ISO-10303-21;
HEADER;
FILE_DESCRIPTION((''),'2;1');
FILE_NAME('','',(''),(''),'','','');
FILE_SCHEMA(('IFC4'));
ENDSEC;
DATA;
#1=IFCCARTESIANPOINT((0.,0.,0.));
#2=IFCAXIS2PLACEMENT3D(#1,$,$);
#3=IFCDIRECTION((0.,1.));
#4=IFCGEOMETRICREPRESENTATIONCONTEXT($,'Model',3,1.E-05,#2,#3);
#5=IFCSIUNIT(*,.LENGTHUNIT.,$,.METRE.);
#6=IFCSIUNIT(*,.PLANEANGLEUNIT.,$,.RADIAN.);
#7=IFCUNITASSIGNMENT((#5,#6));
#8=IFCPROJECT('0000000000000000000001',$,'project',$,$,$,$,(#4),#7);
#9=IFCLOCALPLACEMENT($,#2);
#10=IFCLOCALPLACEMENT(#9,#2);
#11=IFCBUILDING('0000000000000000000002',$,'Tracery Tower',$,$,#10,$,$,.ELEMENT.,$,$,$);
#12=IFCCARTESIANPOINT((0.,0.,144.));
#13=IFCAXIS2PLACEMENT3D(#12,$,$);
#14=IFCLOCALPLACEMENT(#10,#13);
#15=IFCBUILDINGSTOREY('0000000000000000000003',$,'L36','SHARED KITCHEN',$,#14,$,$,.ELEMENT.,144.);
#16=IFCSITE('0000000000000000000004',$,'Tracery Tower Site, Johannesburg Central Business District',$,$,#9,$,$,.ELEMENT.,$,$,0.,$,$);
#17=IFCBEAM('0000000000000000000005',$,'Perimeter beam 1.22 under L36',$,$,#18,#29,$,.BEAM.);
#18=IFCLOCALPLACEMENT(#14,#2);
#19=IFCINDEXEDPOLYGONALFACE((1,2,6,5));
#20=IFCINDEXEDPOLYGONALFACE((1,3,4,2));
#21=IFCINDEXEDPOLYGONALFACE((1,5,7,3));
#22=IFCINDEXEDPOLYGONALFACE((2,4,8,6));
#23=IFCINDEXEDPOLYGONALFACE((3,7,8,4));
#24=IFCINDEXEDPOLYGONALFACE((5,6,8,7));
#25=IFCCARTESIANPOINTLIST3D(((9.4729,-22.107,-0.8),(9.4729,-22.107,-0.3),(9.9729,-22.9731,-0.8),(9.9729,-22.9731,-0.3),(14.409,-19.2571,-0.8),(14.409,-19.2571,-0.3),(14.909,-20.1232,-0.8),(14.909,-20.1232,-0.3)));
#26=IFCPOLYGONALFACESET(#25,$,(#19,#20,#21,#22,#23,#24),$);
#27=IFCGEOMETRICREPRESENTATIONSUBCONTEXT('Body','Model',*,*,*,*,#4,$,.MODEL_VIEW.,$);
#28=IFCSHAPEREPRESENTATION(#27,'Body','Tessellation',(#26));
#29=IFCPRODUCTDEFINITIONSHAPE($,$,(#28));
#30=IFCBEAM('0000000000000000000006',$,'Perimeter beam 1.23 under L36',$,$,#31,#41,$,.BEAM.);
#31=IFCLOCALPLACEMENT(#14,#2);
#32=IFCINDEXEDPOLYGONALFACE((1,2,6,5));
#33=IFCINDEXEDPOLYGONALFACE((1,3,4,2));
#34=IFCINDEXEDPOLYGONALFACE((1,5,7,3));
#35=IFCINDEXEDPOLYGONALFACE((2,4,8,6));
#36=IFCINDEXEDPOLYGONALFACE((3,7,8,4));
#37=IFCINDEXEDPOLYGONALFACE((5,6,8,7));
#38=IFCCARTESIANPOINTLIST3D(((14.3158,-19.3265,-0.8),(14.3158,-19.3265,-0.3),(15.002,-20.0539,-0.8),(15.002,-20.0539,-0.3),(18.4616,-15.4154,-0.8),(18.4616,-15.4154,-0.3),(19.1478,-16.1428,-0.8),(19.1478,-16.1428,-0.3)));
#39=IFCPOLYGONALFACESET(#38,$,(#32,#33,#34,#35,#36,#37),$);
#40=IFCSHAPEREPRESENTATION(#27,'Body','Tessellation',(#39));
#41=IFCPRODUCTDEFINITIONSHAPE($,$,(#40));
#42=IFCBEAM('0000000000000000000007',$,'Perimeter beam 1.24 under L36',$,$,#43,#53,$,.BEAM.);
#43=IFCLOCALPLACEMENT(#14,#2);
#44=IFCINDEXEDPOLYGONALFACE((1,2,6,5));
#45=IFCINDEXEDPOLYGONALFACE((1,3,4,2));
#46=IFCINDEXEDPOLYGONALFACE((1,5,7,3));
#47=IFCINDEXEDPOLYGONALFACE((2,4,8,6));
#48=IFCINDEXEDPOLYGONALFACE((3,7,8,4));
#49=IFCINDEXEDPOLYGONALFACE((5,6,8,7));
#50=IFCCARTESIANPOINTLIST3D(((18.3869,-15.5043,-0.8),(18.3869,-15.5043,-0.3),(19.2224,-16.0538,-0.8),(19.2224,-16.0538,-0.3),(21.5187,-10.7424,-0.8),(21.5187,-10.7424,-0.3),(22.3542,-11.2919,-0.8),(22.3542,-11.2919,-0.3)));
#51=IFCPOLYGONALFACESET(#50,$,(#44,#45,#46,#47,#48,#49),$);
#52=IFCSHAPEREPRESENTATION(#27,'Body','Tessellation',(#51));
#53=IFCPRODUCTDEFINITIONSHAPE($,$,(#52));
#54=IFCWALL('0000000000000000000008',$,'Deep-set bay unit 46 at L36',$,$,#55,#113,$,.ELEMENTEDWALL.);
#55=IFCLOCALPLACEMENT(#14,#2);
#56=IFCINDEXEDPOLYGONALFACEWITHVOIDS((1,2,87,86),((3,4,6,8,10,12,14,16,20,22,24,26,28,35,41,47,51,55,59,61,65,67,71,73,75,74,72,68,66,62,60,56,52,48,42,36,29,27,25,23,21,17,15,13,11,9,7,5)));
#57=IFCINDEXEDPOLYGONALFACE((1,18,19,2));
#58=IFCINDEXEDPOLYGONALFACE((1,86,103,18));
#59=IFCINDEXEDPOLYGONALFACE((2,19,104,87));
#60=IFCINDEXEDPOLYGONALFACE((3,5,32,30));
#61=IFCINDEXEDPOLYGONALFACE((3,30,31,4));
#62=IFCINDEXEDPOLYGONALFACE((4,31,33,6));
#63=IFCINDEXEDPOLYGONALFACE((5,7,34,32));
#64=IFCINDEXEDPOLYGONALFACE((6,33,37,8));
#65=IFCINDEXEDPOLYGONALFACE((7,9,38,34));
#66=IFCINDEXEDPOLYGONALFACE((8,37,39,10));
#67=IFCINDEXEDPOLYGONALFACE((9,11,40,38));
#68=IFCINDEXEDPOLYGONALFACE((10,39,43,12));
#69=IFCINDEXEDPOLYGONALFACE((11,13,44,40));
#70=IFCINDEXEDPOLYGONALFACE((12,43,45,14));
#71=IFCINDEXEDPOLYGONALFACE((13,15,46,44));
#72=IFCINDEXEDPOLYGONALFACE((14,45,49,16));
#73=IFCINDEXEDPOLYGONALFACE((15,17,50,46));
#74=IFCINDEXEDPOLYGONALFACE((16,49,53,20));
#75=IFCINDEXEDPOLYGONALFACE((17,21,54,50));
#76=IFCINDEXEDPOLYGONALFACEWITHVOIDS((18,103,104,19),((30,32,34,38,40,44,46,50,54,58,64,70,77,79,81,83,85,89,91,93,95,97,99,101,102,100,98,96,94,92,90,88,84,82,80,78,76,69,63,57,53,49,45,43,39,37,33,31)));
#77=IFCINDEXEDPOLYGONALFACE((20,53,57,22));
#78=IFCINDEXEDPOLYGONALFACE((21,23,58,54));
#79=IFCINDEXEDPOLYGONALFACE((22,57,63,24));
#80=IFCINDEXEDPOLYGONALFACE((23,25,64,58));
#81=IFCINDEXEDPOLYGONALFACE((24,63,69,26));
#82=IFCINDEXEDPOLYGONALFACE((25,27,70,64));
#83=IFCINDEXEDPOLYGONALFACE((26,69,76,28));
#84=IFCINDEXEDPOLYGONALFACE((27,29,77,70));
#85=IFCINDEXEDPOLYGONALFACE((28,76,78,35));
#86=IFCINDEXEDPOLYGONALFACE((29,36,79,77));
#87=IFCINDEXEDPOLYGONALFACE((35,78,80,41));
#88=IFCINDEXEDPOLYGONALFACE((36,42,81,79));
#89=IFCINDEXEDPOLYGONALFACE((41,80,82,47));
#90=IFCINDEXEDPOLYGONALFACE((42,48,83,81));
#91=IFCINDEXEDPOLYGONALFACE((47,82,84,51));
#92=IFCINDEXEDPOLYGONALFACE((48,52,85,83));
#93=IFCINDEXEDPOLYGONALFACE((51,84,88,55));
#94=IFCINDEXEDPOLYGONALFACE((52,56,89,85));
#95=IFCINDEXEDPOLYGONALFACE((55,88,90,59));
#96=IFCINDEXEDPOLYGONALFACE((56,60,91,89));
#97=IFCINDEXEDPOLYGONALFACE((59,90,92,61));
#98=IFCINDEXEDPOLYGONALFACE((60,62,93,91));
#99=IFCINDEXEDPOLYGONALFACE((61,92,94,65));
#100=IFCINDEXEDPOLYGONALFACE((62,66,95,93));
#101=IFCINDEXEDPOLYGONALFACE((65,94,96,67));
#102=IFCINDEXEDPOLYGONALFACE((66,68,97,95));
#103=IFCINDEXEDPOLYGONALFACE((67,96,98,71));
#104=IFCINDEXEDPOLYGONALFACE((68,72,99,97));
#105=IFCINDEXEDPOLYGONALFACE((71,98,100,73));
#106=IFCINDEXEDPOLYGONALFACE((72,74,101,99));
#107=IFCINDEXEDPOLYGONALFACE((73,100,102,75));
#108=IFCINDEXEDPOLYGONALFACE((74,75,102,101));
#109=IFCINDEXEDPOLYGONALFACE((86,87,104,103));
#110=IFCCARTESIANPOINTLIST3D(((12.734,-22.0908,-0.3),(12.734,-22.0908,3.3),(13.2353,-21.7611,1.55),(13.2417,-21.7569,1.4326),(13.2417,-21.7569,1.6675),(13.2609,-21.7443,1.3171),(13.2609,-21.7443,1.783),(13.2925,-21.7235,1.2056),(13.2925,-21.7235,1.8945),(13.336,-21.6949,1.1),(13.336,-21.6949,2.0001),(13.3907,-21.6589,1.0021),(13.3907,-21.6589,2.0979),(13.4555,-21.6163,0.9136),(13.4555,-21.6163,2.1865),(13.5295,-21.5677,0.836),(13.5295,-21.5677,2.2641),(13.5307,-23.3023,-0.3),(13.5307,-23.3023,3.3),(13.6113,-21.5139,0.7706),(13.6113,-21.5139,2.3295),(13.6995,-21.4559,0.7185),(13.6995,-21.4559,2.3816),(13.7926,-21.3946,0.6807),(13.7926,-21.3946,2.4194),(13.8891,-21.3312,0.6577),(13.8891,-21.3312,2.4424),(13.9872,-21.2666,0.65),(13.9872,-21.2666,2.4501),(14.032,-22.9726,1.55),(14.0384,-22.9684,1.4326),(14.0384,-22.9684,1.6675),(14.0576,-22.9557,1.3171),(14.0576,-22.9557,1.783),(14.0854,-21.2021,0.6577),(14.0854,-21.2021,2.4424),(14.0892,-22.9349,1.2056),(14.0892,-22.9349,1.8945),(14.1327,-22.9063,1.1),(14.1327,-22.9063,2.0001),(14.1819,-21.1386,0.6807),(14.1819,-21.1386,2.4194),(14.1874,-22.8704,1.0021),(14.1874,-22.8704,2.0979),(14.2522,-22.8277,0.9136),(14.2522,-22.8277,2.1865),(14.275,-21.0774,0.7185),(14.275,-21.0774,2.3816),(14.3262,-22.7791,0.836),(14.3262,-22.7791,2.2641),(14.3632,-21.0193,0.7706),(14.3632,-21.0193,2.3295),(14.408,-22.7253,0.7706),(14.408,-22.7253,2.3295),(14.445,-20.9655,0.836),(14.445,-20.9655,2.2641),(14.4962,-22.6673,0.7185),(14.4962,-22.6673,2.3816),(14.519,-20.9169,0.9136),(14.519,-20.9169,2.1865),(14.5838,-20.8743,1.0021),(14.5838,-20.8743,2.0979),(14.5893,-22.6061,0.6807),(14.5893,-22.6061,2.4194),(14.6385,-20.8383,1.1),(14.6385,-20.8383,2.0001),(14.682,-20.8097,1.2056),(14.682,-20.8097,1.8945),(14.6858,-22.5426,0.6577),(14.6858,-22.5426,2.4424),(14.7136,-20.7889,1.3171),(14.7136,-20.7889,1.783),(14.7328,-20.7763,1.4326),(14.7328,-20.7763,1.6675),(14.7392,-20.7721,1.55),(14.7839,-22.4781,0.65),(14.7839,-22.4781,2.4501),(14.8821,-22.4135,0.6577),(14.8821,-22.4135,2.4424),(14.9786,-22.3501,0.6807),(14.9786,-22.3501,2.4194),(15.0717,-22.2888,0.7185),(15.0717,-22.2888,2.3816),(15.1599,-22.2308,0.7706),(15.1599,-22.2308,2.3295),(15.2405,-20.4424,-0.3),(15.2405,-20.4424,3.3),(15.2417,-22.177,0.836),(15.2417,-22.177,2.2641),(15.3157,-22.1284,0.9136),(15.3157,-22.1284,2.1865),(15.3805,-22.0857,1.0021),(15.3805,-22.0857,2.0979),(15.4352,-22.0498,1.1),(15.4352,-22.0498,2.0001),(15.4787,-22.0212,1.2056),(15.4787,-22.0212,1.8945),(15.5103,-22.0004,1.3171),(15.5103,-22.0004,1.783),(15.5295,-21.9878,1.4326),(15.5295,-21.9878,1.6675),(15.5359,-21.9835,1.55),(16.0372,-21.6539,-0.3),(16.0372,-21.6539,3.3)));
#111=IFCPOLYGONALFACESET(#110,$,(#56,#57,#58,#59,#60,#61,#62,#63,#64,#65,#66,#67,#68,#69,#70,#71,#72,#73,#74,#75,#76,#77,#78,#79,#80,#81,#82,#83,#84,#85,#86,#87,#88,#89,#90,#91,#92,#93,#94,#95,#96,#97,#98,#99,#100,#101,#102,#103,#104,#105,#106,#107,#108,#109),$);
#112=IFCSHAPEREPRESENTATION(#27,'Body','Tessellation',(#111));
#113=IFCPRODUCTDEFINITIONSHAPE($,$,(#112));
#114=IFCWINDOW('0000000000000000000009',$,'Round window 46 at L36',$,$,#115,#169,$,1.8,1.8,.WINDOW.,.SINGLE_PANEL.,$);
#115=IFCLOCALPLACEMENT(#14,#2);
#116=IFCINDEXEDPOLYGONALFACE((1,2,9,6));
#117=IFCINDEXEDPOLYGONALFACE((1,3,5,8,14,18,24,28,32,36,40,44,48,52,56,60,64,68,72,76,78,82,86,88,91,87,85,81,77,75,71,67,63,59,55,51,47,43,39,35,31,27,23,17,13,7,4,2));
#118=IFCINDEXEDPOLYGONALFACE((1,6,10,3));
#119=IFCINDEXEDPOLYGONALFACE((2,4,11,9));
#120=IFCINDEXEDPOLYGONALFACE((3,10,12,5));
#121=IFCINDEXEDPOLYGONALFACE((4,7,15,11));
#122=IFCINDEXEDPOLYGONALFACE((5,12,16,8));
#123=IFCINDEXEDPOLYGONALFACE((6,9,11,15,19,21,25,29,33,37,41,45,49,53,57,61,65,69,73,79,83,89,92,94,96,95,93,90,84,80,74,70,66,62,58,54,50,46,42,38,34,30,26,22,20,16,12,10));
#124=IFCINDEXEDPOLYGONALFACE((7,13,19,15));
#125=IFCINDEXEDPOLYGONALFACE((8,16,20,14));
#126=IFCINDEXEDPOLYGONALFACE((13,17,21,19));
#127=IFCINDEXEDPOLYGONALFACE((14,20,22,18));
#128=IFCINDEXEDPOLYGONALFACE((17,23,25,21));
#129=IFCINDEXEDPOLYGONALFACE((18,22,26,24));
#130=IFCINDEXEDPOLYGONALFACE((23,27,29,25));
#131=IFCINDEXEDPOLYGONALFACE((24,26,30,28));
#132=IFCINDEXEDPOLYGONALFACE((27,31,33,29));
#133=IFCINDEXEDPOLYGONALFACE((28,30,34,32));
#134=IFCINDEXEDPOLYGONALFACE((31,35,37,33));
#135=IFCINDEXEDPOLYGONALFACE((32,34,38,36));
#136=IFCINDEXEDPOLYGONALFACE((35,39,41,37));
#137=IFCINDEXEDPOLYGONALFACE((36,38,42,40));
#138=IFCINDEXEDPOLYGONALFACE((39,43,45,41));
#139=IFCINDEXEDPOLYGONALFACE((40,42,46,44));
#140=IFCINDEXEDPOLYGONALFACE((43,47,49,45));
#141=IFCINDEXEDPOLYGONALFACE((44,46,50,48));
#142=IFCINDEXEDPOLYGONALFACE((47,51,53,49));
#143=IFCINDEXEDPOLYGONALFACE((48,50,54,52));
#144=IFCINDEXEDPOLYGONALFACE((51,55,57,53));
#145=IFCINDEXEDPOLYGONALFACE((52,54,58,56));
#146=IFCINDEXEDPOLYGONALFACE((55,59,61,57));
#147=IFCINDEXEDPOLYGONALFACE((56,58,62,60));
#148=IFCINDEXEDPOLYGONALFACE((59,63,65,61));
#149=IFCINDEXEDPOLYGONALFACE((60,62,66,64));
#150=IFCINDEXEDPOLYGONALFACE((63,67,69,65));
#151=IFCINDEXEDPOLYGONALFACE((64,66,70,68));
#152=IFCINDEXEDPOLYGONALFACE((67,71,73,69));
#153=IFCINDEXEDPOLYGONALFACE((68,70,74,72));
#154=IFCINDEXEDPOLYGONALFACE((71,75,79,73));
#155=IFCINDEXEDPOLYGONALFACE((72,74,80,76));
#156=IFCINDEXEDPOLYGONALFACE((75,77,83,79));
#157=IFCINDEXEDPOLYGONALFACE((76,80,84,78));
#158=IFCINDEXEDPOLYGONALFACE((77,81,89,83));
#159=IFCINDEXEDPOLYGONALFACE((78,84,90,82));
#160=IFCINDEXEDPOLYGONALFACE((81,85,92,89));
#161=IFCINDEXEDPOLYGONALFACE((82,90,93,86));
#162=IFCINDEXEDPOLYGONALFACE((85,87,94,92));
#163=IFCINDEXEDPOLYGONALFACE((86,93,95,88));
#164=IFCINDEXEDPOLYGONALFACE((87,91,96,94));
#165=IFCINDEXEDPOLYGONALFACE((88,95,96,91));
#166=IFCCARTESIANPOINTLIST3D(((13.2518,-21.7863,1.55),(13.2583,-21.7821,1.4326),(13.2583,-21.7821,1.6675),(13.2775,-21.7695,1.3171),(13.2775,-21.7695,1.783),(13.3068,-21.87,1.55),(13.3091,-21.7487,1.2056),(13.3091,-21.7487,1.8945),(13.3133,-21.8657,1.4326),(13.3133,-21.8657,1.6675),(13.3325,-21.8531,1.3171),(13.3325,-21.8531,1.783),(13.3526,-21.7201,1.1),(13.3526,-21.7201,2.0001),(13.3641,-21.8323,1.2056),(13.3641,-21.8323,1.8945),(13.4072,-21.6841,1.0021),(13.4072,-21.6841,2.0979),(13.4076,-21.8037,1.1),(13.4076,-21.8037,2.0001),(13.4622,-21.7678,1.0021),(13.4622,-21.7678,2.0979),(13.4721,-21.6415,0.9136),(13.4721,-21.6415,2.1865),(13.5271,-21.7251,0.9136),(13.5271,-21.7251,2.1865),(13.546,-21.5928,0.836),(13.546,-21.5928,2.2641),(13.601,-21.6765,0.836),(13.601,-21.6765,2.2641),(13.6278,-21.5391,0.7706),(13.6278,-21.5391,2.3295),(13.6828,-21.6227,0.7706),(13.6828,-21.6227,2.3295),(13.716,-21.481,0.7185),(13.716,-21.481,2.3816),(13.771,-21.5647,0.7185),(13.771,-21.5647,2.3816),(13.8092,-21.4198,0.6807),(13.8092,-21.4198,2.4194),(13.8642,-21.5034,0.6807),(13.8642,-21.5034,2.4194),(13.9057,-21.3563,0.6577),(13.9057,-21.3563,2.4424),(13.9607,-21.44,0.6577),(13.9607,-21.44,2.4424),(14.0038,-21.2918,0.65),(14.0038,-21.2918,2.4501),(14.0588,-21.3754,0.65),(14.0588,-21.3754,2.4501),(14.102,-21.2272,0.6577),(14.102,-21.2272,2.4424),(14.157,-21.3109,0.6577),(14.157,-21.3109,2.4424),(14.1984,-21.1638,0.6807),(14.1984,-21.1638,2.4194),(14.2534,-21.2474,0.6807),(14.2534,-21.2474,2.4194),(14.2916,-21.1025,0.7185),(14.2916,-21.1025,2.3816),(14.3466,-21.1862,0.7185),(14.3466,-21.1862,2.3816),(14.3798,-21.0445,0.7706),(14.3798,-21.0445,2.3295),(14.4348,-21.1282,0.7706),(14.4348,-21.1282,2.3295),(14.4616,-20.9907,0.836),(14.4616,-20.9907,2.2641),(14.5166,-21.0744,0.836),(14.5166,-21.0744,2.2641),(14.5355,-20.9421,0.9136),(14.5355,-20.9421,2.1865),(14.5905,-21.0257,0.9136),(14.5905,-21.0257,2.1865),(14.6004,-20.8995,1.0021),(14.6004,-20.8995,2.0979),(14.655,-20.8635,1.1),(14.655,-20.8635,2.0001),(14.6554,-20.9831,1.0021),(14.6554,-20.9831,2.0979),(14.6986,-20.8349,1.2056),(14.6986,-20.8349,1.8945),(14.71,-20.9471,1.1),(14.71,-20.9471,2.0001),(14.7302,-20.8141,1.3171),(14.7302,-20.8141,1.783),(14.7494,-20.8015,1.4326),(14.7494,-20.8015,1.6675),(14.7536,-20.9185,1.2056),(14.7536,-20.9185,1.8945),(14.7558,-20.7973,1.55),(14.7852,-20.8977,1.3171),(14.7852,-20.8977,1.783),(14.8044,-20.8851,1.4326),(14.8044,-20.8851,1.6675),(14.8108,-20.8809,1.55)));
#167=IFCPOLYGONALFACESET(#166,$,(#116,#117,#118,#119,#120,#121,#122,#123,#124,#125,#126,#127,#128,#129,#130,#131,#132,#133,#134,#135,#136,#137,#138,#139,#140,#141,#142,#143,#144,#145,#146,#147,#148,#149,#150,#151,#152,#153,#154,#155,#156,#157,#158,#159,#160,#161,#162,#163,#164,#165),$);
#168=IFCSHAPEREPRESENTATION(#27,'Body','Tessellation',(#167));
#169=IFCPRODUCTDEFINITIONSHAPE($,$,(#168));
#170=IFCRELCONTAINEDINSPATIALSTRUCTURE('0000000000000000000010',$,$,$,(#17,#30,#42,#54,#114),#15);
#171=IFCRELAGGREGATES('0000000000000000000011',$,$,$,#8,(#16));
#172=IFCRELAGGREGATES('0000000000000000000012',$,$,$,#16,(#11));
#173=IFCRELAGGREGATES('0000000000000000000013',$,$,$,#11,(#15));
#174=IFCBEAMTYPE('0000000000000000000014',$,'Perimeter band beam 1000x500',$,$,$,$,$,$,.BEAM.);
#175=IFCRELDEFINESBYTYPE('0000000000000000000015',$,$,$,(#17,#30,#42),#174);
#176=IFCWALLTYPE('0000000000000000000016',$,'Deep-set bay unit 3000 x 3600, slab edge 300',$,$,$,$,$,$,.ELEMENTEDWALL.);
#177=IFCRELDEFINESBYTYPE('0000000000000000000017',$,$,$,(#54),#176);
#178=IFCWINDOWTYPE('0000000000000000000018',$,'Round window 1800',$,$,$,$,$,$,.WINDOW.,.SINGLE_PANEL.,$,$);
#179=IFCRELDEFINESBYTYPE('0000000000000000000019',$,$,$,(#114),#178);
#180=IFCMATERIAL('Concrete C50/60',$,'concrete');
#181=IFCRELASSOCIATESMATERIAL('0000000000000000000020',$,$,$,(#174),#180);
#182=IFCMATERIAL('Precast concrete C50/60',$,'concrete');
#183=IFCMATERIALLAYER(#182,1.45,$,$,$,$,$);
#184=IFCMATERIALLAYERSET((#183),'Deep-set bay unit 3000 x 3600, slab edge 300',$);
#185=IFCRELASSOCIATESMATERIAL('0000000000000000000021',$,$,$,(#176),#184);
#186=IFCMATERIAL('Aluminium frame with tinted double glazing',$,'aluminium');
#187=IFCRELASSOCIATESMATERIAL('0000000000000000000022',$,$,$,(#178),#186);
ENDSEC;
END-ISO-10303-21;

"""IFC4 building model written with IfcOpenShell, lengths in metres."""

from ifc_helpers import new_model, si_unit, direction, frame, frame_2d, origin, origin_2d, place, context, subcontext, project, spatial, rectangle, circle, extrude, material, layer, layer_set, material_profile, profile_set, type_object, element, fill, save


model = new_model("IFC4")

# Units and contexts
model_context = context("Model", 3, precision=1e-05, world=origin(), true_north=direction((0.0, 1.0)))
body_context = subcontext(model_context, "Body", "Model", "MODEL_VIEW")
ifc_project = project(units=[si_unit("LENGTHUNIT", "METRE"), si_unit("PLANEANGLEUNIT", "RADIAN")], contexts=[model_context])

# Site, building, storey
site_placement = place(None, origin())
site = spatial("IfcSite", under=ifc_project, at=site_placement, Name="Tracery Tower Site, Johannesburg Central Business District", CompositionType="ELEMENT", RefElevation=0.0)
building_placement = place(site_placement, origin())
building = spatial("IfcBuilding", under=site, at=building_placement, Name="Tracery Tower", CompositionType="ELEMENT")
storey_placement = place(building_placement, frame((0.0, 0.0, 144.0)))
storey = spatial("IfcBuildingStorey", under=building, at=storey_placement, Name="L36", Description="SHARED KITCHEN", CompositionType="ELEMENT", Elevation=144.0)

# Beams
ifc_material_1 = material(Name="Concrete C50/60", Category="concrete")
ifc_material_profile_1 = material_profile(ifc_material_1, rectangle(XDim=1.0, YDim=0.5, at=origin_2d()), Name="RC 1000x500")
ifc_profile_set_1 = profile_set([ifc_material_profile_1], Name="Concrete C50/60")
beam_type = type_object("IfcBeamType", Name="Perimeter band beam 1000x500", PredefinedType="BEAM", material=ifc_profile_set_1)
beam_placement = place(storey_placement, frame((9.7229, -22.54, -0.55), z_axis=(0.866023, 0.500004, 0.0), x_axis=(-0.500004, 0.866023, 0.0)))
element("IfcBeam", 1, at=beam_placement, inside=storey, type_object=beam_type, Name="Perimeter beam 1.22 under L36", PredefinedType="BEAM", context=body_context, shape_type="SweptSolid", body=[
    extrude(rectangle(XDim=1.0, YDim=0.5, at=origin_2d()), origin(), (0.0, 0.0, 1.0), 5.6997),
])
for number, where, z_axis, x_axis, name in (
    (2, (14.6589, -19.6902, -0.55), (0.72739, 0.686225, 0.0), (-0.686225, 0.72739, 0.0), "Perimeter beam 1.23 under L36"),
    (3, (18.8047, -15.7791, -0.55), (0.54949, 0.8355, 0.0), (-0.8355, 0.54949, 0.0), "Perimeter beam 1.24 under L36"),
):
    element("IfcBeam", number, at=place(storey_placement, frame(where, z_axis=z_axis, x_axis=x_axis)), inside=storey, type_object=beam_type, Name=name, PredefinedType="BEAM", context=body_context, shape_type="SweptSolid", body=[
        extrude(rectangle(XDim=1.0, YDim=0.5, at=origin_2d()), origin(), (0.0, 0.0, 1.0), 5.6995),
    ])

# Wall, opening, window
ifc_material_2 = material(Name="Precast concrete C50/60", Category="concrete")
ifc_layer_1 = layer(ifc_material_2, 1.45)
ifc_layer_set_1 = layer_set([ifc_layer_1], Name="Deep-set bay unit 3000 x 3600, slab edge 300")
wall_type_1 = type_object("IfcWallType", Name="Deep-set bay unit 3000 x 3600, slab edge 300", PredefinedType="ELEMENTEDWALL", material=ifc_layer_set_1)
wall_1_placement = place(storey_placement, frame((13.1323, -22.6965, -0.3), z_axis=(0.0, 0.0, 1.0), x_axis=(0.835514, 0.549469, 0.0)))
wall_1 = element("IfcWall", 4, at=wall_1_placement, inside=storey, type_object=wall_type_1, Name="Deep-set bay unit 46 at L36", PredefinedType="ELEMENTEDWALL", context=body_context, shape_type="SweptSolid", body=[
    extrude(rectangle(XDim=3.0, YDim=1.45, at=frame_2d((1.5, 0.0))), origin(), (0.0, 0.0, 1.0), 3.6001),
])
opening_1_placement = place(wall_1_placement, frame((1.5, 0.0, 1.8501)))
opening_1 = element("IfcOpeningElement", 5, at=opening_1_placement, cuts=wall_1, PredefinedType="OPENING", context=body_context, shape_type="SweptSolid", body=[
    extrude(circle(Radius=0.9, at=origin_2d()), frame((0.0, 0.7349, 0.0), z_axis=(0.0, -1.0, 0.0), x_axis=(1.0, 0.0, 0.0)), (0.0, 0.0, 1.0), 1.47),
])
ifc_material_3 = material(Name="Aluminium frame with tinted double glazing", Category="aluminium")
window_type = type_object("IfcWindowType", Name="Round window 1800", PartitioningType="SINGLE_PANEL", PredefinedType="WINDOW", material=ifc_material_3)
window_1_placement = place(opening_1_placement, origin())
window_1 = element("IfcWindow", 6, at=window_1_placement, inside=storey, type_object=window_type, Name="Round window 46 at L36", OverallHeight=1.8, OverallWidth=1.8, PartitioningType="SINGLE_PANEL", PredefinedType="WINDOW", context=body_context, shape_type="SweptSolid", body=[
    extrude(circle(Radius=0.9, at=origin_2d()), frame((0.0, 0.6948, 0.0), z_axis=(0.0, -1.0, 0.0), x_axis=(1.0, 0.0, 0.0)), (0.0, 0.0, 1.0), 0.1001),
])
fill(opening_1, window_1)

save(model, "model.ifc")
